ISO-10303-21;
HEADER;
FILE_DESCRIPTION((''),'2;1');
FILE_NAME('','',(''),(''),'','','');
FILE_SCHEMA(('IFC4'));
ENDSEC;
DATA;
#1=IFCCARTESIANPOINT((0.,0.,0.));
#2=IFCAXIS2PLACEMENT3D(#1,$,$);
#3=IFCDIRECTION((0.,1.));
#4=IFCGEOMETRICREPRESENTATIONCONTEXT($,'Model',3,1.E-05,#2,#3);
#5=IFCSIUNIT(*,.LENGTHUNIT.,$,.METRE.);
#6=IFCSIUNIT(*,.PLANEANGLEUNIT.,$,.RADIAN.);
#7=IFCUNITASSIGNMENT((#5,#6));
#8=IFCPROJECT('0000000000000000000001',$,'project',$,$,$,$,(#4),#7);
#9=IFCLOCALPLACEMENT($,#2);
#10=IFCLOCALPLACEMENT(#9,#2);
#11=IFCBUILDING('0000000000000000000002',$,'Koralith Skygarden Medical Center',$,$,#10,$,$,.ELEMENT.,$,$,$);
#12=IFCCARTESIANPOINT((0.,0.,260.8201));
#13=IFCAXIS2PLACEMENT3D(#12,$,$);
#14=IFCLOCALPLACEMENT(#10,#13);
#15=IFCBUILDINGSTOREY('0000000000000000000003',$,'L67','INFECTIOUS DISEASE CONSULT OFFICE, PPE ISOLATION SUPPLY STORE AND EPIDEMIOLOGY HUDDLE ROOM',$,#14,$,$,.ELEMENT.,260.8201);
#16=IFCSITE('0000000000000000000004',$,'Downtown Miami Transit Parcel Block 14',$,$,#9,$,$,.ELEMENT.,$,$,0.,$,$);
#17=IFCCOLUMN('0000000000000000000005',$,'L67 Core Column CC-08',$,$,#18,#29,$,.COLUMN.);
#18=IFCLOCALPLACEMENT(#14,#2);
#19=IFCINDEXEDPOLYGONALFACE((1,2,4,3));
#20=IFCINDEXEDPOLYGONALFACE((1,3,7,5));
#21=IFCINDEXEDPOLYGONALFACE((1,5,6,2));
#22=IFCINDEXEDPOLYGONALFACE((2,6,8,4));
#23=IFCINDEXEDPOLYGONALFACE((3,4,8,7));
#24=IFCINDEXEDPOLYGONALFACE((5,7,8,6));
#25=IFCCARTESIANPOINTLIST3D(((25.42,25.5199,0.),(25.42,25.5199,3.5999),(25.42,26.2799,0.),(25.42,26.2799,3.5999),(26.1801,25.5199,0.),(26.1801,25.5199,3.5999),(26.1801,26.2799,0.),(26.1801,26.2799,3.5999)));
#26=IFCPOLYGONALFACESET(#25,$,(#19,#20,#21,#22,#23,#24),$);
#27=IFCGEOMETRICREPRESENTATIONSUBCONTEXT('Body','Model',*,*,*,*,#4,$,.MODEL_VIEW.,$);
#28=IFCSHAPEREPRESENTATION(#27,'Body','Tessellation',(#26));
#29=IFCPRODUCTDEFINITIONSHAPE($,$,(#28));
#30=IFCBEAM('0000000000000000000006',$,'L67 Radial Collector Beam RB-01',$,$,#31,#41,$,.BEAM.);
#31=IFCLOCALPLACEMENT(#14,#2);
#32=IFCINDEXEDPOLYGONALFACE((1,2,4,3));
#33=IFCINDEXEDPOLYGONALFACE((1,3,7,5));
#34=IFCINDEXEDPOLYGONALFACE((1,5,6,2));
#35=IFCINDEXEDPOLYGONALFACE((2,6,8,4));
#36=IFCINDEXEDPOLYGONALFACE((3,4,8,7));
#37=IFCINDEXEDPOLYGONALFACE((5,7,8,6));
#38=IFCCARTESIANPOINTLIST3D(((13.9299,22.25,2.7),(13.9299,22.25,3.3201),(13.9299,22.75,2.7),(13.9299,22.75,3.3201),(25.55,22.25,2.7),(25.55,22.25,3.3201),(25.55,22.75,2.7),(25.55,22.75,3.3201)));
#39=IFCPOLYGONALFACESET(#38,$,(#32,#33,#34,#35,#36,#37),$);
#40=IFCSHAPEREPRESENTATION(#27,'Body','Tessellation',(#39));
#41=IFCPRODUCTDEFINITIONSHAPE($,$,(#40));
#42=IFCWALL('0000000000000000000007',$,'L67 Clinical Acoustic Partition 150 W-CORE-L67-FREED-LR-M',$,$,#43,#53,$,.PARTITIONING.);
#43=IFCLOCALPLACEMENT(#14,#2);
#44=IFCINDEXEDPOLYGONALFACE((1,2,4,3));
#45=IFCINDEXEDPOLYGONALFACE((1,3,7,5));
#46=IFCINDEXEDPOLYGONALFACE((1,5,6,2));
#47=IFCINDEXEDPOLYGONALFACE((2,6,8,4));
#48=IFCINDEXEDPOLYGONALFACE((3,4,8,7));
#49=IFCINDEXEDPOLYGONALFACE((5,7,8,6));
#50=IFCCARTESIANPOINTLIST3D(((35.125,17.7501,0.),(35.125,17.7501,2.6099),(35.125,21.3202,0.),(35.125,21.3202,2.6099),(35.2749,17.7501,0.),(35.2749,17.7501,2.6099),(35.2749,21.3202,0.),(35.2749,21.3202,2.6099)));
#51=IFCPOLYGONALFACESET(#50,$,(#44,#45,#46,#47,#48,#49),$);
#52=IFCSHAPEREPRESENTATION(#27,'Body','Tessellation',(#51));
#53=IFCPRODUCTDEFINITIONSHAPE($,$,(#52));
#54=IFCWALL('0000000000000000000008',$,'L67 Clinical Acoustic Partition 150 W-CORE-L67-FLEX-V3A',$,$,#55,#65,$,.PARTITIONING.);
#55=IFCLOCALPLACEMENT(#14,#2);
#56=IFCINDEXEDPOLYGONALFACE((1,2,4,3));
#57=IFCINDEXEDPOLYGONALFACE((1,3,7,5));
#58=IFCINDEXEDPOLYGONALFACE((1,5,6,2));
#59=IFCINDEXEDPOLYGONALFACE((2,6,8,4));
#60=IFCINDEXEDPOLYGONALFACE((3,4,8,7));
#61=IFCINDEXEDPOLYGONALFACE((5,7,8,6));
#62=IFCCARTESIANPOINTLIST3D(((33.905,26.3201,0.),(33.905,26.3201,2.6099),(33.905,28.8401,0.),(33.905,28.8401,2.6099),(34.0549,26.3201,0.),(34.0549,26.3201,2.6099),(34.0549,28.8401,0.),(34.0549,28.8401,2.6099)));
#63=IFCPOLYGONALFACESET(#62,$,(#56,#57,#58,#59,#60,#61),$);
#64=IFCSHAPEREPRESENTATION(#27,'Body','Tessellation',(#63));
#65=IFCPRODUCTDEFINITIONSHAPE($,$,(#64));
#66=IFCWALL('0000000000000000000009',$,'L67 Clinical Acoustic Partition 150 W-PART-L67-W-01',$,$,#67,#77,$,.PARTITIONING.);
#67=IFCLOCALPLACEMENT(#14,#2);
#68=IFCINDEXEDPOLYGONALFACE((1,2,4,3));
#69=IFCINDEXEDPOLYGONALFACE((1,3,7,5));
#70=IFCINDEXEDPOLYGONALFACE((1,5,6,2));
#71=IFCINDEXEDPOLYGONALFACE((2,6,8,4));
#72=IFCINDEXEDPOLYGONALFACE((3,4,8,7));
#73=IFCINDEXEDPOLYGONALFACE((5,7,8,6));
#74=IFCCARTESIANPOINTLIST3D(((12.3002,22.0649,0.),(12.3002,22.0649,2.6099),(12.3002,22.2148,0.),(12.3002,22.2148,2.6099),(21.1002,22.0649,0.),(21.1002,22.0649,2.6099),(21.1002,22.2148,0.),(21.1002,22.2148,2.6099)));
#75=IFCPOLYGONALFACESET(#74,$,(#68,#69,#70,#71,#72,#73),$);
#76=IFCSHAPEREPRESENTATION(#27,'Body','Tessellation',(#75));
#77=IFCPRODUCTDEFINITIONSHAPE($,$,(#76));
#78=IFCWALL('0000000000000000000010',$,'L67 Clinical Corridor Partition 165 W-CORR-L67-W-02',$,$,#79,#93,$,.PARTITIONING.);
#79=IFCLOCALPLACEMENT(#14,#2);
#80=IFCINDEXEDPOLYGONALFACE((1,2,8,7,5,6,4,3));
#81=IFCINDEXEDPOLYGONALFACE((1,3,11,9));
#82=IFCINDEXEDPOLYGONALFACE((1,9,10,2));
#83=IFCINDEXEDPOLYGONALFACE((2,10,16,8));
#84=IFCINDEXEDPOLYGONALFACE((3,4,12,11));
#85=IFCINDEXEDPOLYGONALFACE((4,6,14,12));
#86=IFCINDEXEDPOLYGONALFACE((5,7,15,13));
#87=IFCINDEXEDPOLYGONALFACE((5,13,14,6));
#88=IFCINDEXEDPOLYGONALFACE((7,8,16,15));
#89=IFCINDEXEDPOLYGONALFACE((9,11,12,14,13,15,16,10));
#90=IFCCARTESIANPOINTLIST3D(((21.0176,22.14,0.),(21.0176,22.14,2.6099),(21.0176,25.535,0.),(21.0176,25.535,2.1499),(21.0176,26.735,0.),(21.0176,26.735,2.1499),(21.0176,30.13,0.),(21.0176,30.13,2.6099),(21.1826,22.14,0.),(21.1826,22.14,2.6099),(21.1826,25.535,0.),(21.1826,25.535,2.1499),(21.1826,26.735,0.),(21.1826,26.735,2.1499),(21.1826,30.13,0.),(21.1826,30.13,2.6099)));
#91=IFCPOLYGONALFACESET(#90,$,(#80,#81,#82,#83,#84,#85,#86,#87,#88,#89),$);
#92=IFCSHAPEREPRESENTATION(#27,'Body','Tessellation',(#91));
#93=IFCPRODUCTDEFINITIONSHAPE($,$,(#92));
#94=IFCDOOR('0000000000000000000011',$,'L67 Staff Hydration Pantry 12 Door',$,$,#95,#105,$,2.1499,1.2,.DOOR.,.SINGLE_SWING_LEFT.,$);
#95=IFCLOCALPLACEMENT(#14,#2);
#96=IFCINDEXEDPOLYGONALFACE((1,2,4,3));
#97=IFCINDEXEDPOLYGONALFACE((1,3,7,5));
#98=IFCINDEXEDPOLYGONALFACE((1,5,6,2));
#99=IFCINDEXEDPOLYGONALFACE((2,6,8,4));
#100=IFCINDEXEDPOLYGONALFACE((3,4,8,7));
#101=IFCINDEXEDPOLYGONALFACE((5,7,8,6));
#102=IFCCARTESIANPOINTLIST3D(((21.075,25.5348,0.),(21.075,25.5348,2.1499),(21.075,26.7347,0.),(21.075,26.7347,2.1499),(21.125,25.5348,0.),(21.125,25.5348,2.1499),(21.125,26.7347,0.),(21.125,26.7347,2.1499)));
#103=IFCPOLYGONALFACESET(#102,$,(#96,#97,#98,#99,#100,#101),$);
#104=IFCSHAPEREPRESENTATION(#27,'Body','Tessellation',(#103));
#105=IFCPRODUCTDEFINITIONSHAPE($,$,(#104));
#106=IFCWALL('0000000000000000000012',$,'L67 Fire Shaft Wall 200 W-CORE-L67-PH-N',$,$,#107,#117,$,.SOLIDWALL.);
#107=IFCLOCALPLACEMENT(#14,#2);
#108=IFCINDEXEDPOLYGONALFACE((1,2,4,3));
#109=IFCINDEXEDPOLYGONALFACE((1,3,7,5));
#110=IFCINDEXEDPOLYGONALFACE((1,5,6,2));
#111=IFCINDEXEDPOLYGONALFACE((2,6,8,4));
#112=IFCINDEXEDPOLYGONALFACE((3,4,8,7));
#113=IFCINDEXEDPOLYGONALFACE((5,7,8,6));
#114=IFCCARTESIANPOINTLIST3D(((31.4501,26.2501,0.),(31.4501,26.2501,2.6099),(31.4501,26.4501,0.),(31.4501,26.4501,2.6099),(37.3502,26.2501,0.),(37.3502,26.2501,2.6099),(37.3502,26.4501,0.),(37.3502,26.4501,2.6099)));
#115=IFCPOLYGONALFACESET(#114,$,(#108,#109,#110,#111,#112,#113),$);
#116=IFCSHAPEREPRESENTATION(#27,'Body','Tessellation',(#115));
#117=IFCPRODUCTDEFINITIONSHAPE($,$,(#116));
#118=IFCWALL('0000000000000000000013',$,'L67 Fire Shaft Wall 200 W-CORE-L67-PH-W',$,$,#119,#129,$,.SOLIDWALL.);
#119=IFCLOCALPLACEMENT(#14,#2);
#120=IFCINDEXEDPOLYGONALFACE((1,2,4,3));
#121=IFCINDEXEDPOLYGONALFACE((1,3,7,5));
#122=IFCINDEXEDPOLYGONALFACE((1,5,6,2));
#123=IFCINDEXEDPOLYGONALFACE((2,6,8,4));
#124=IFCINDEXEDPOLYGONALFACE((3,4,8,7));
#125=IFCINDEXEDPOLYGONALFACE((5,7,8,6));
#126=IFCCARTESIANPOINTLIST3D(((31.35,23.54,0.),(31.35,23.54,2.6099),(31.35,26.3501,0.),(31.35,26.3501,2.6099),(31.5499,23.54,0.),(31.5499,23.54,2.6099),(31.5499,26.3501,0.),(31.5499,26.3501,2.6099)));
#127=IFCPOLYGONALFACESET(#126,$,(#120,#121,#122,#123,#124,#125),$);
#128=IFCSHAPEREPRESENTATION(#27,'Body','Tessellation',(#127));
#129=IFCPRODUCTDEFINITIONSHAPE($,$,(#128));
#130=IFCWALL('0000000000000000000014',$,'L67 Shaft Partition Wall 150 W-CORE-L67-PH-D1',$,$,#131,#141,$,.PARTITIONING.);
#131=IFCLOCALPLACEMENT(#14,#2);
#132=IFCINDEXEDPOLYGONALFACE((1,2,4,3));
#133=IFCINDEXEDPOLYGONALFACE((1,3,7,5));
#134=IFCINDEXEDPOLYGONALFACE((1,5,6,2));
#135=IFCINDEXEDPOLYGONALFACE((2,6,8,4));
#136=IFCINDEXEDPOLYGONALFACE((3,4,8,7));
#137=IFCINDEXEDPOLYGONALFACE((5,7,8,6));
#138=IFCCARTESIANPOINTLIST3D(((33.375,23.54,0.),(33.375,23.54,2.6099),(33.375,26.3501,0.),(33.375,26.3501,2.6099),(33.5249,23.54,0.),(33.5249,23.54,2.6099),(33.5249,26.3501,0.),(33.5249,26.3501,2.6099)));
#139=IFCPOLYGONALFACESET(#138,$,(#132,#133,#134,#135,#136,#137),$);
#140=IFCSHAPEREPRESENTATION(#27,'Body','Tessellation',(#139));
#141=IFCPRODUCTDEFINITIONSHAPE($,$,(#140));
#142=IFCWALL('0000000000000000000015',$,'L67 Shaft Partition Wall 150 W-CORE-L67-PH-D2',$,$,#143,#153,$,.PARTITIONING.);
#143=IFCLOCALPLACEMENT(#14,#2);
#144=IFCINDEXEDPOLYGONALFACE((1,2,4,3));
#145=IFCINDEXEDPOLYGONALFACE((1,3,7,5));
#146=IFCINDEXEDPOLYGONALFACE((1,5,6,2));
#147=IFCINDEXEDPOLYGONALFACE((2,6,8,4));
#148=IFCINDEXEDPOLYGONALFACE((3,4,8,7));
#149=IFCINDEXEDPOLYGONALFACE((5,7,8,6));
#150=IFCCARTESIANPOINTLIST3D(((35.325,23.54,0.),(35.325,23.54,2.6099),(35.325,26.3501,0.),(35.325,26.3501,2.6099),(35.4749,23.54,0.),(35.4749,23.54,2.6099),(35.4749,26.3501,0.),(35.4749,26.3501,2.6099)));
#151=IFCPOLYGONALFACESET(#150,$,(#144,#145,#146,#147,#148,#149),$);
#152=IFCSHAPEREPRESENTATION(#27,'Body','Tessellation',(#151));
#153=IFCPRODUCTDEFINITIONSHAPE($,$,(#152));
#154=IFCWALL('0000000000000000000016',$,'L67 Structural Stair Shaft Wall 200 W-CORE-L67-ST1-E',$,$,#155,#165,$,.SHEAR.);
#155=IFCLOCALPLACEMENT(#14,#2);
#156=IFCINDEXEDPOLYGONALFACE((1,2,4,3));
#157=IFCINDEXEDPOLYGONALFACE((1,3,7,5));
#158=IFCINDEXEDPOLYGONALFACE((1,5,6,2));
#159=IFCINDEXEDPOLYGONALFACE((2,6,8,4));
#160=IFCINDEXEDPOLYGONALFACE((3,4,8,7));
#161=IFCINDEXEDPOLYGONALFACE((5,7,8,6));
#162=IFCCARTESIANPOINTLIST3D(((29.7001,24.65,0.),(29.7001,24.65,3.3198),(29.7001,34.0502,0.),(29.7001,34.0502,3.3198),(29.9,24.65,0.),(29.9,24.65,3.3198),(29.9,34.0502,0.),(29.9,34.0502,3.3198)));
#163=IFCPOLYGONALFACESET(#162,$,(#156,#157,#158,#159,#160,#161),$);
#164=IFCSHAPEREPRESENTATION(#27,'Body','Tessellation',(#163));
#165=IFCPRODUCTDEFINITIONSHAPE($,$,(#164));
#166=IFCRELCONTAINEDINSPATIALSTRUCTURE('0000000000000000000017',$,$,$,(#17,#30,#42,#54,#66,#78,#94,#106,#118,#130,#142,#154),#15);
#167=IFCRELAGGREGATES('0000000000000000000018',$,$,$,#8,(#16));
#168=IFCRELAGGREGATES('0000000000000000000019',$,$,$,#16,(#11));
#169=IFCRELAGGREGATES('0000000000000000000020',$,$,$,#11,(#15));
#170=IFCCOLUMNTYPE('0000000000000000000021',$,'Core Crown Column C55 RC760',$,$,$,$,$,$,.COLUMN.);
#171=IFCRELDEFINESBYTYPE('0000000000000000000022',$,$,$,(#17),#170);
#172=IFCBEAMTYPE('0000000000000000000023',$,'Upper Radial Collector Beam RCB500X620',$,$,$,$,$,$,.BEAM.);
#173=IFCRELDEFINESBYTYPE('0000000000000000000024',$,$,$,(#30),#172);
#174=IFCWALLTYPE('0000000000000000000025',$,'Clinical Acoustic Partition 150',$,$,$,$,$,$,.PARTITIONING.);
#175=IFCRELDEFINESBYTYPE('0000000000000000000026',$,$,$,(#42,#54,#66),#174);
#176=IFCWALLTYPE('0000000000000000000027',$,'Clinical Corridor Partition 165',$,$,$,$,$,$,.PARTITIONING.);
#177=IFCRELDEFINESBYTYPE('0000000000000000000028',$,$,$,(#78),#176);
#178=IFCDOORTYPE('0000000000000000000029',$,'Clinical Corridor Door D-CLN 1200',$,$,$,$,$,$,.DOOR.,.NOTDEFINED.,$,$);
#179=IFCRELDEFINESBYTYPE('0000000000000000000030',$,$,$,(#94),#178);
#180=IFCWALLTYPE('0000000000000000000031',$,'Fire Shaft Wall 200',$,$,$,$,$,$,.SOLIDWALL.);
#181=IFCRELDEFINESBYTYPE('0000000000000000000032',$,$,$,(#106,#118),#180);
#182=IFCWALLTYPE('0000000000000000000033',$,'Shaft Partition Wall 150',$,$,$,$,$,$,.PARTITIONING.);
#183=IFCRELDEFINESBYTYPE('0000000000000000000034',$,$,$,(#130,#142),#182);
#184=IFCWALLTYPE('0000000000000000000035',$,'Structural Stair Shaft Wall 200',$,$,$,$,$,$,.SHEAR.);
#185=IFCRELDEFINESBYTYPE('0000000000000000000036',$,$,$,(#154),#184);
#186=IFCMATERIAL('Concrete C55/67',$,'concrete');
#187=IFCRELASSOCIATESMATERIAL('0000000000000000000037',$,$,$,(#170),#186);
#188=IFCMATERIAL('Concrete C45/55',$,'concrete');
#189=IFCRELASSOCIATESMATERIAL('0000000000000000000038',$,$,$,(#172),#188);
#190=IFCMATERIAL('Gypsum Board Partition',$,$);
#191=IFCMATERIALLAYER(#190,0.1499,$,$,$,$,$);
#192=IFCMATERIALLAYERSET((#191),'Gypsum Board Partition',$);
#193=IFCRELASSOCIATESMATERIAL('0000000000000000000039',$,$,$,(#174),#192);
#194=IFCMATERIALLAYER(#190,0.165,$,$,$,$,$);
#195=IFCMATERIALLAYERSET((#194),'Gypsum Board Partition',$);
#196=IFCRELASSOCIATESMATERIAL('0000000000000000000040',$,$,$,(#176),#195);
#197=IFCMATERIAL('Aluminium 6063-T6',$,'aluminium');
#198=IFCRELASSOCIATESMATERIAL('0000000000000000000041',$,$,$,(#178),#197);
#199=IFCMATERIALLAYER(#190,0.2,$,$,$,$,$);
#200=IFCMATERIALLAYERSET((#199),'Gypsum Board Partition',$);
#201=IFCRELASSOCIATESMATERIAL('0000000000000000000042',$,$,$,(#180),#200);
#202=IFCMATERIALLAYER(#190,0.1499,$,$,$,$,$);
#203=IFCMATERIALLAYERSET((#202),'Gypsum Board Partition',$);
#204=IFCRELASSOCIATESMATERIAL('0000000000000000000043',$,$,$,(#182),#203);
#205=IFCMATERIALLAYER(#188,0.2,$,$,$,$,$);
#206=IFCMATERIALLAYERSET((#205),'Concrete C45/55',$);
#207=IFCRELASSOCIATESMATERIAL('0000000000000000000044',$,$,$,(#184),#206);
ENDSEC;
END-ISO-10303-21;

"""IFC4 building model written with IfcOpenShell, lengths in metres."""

from ifc_helpers import new_model, si_unit, direction, frame, frame_2d, origin, origin_2d, place, context, subcontext, project, spatial, rectangle, extrude, material, layer, layer_set, material_profile, profile_set, type_object, element, fill, save


model = new_model("IFC4")

# Units and contexts
model_context = context("Model", 3, precision=1e-05, world=origin(), true_north=direction((0.0, 1.0)))
body_context = subcontext(model_context, "Body", "Model", "MODEL_VIEW")
ifc_project = project(units=[si_unit("LENGTHUNIT", "METRE"), si_unit("PLANEANGLEUNIT", "RADIAN")], contexts=[model_context])

# Site, building, storey
site_placement = place(None, origin())
site = spatial("IfcSite", under=ifc_project, at=site_placement, Name="Downtown Miami Transit Parcel Block 14", CompositionType="ELEMENT", RefElevation=0.0)
building_placement = place(site_placement, origin())
building = spatial("IfcBuilding", under=site, at=building_placement, Name="Koralith Skygarden Medical Center", CompositionType="ELEMENT")
storey_placement = place(building_placement, frame((0.0, 0.0, 260.8201)))
storey = spatial("IfcBuildingStorey", under=building, at=storey_placement, Name="L67", Description="INFECTIOUS DISEASE CONSULT OFFICE, PPE ISOLATION SUPPLY STORE AND EPIDEMIOLOGY HUDDLE ROOM", CompositionType="ELEMENT", Elevation=260.8201)

# Column
ifc_material_1 = material(Name="Concrete C55/67", Category="concrete")
ifc_material_profile_1 = material_profile(ifc_material_1, rectangle(XDim=0.76, YDim=0.76, at=origin_2d()), Name="RC760X760")
ifc_profile_set_1 = profile_set([ifc_material_profile_1], Name="Concrete C55/67")
column_type = type_object("IfcColumnType", Name="Core Crown Column C55 RC760", PredefinedType="COLUMN", material=ifc_profile_set_1)
column_placement = place(storey_placement, frame((25.8, 25.8999, 0.0), z_axis=(0.0, 0.0, 1.0), x_axis=(1.0, 0.0, 0.0)))
element("IfcColumn", 1, at=column_placement, inside=storey, type_object=column_type, Name="L67 Core Column CC-08", PredefinedType="COLUMN", context=body_context, shape_type="SweptSolid", body=[
    extrude(rectangle(XDim=0.76, YDim=0.76, at=origin_2d()), origin(), (0.0, 0.0, 1.0), 3.5999),
])

# Beam
ifc_material_2 = material(Name="Concrete C45/55", Category="concrete")
ifc_material_profile_2 = material_profile(ifc_material_2, rectangle(XDim=0.5, YDim=0.6201, at=origin_2d()), Name="RCB500X620")
ifc_profile_set_2 = profile_set([ifc_material_profile_2], Name="Concrete C45/55")
beam_type = type_object("IfcBeamType", Name="Upper Radial Collector Beam RCB500X620", PredefinedType="BEAM", material=ifc_profile_set_2)
beam_placement = place(storey_placement, frame((25.55, 22.5, 3.01), z_axis=(-1.0, 0.0, 0.0), x_axis=(0.0, -1.0, 0.0)))
element("IfcBeam", 2, at=beam_placement, inside=storey, type_object=beam_type, Name="L67 Radial Collector Beam RB-01", PredefinedType="BEAM", context=body_context, shape_type="SweptSolid", body=[
    extrude(rectangle(XDim=0.5, YDim=0.6201, at=origin_2d()), origin(), (0.0, 0.0, 1.0), 11.6201),
])

# Shared definitions
ifc_material_3 = material(Name="Gypsum Board Partition")
ifc_layer_1 = layer(ifc_material_3, 0.1499)
ifc_layer_set_1 = layer_set([ifc_layer_1], Name="Gypsum Board Partition")
wall_type_1 = type_object("IfcWallType", Name="Clinical Acoustic Partition 150", PredefinedType="PARTITIONING", material=ifc_layer_set_1)
ifc_material_4 = material(Name="Aluminium 6063-T6", Category="aluminium")

# Walls
wall_1_placement = place(storey_placement, frame((35.2, 17.75, 0.0), z_axis=(0.0, 0.0, 1.0), x_axis=(0.0, 1.0, 0.0)))
element("IfcWall", 3, at=wall_1_placement, inside=storey, type_object=wall_type_1, Name="L67 Clinical Acoustic Partition 150 W-CORE-L67-FREED-LR-M", PredefinedType="PARTITIONING", context=body_context, shape_type="SweptSolid", body=[
    extrude(rectangle(XDim=3.5701, YDim=0.1499, at=frame_2d((1.7852, 0.0))), origin(), (0.0, 0.0, 1.0), 2.6099),
])
wall_2_placement = place(storey_placement, frame((33.98, 26.3201, 0.0), z_axis=(0.0, 0.0, 1.0), x_axis=(0.0, 1.0, 0.0)))
element("IfcWall", 4, at=wall_2_placement, inside=storey, type_object=wall_type_1, Name="L67 Clinical Acoustic Partition 150 W-CORE-L67-FLEX-V3A", PredefinedType="PARTITIONING", context=body_context, shape_type="SweptSolid", body=[
    extrude(rectangle(XDim=2.52, YDim=0.1499, at=frame_2d((1.26, 0.0))), origin(), (0.0, 0.0, 1.0), 2.6099),
])
wall_3_placement = place(storey_placement, frame((21.1001, 22.1399, 0.0), z_axis=(0.0, 0.0, 1.0), x_axis=(-1.0, 0.0, 0.0)))
element("IfcWall", 5, at=wall_3_placement, inside=storey, type_object=wall_type_1, Name="L67 Clinical Acoustic Partition 150 W-PART-L67-W-01", PredefinedType="PARTITIONING", context=body_context, shape_type="SweptSolid", body=[
    extrude(rectangle(XDim=8.8, YDim=0.1499, at=frame_2d((4.3999, 0.0))), origin(), (0.0, 0.0, 1.0), 2.6099),
])

# Wall, opening, door
ifc_layer_2 = layer(ifc_material_3, 0.165)
ifc_layer_set_2 = layer_set([ifc_layer_2], Name="Gypsum Board Partition")
wall_type_2 = type_object("IfcWallType", Name="Clinical Corridor Partition 165", PredefinedType="PARTITIONING", material=ifc_layer_set_2)
wall_4_placement = place(storey_placement, frame((21.1001, 22.1399, 0.0), z_axis=(0.0, 0.0, 1.0), x_axis=(0.0, 1.0, 0.0)))
wall_4 = element("IfcWall", 6, at=wall_4_placement, inside=storey, type_object=wall_type_2, Name="L67 Clinical Corridor Partition 165 W-CORR-L67-W-02", PredefinedType="PARTITIONING", context=body_context, shape_type="SweptSolid", body=[
    extrude(rectangle(XDim=7.99, YDim=0.165, at=frame_2d((3.9951, 0.0))), origin(), (0.0, 0.0, 1.0), 2.6099),
])
opening_1_placement = place(wall_4_placement, frame((3.395, 0.0, 0.0)))
opening_1 = element("IfcOpeningElement", 7, at=opening_1_placement, cuts=wall_4, PredefinedType="OPENING", context=body_context, shape_type="SweptSolid", body=[
    extrude(rectangle(XDim=1.2, YDim=2.1499, at=frame_2d((0.6001, 1.075))), frame((0.0, 0.0925, 0.0), z_axis=(0.0, -1.0, 0.0), x_axis=(1.0, 0.0, 0.0)), (0.0, 0.0, 1.0), 0.1851),
])
door_type_1 = type_object("IfcDoorType", Name="Clinical Corridor Door D-CLN 1200", OperationType="NOTDEFINED", PredefinedType="DOOR", material=ifc_material_4)
door_1_placement = place(opening_1_placement, frame((1.2, 0.0, 0.0), z_axis=(0.0, 0.0, 1.0), x_axis=(-1.0, 0.0, 0.0)))
door_1 = element("IfcDoor", 8, at=door_1_placement, inside=storey, type_object=door_type_1, Name="L67 Staff Hydration Pantry 12 Door", OperationType="SINGLE_SWING_LEFT", OverallHeight=2.1499, OverallWidth=1.2, PredefinedType="DOOR", context=body_context, shape_type="SweptSolid", body=[
    extrude(rectangle(XDim=1.2, YDim=2.1499, at=frame_2d((0.6001, 1.075))), frame((0.0, 0.0249, 0.0), z_axis=(0.0, -1.0, 0.0), x_axis=(1.0, 0.0, 0.0)), (0.0, 0.0, 1.0), 0.05),
])
fill(opening_1, door_1)
ifc_layer_3 = layer(ifc_material_3, 0.2)
ifc_layer_set_3 = layer_set([ifc_layer_3], Name="Gypsum Board Partition")
wall_type_3 = type_object("IfcWallType", Name="Fire Shaft Wall 200", PredefinedType="SOLIDWALL", material=ifc_layer_set_3)

# Walls
wall_5_placement = place(storey_placement, frame((31.45, 26.3501, 0.0), z_axis=(0.0, 0.0, 1.0), x_axis=(1.0, 0.0, 0.0)))
element("IfcWall", 9, at=wall_5_placement, inside=storey, type_object=wall_type_3, Name="L67 Fire Shaft Wall 200 W-CORE-L67-PH-N", PredefinedType="SOLIDWALL", context=body_context, shape_type="SweptSolid", body=[
    extrude(rectangle(XDim=5.9001, YDim=0.2, at=frame_2d((2.9502, 0.0))), origin(), (0.0, 0.0, 1.0), 2.6099),
])
wall_6_placement = place(storey_placement, frame((31.45, 23.54, 0.0), z_axis=(0.0, 0.0, 1.0), x_axis=(0.0, 1.0, 0.0)))
element("IfcWall", 10, at=wall_6_placement, inside=storey, type_object=wall_type_3, Name="L67 Fire Shaft Wall 200 W-CORE-L67-PH-W", PredefinedType="SOLIDWALL", context=body_context, shape_type="SweptSolid", body=[
    extrude(rectangle(XDim=2.8101, YDim=0.2, at=frame_2d((1.405, 0.0))), origin(), (0.0, 0.0, 1.0), 2.6099),
])

# Walls
ifc_layer_4 = layer(ifc_material_3, 0.1499)
ifc_layer_set_4 = layer_set([ifc_layer_4], Name="Gypsum Board Partition")
wall_type_4 = type_object("IfcWallType", Name="Shaft Partition Wall 150", PredefinedType="PARTITIONING", material=ifc_layer_set_4)
for number, where, z_axis, x_axis, name in (
    (11, (33.45, 23.54, 0.0), (0.0, 0.0, 1.0), (0.0, 1.0, 0.0), "L67 Shaft Partition Wall 150 W-CORE-L67-PH-D1"),
    (12, (35.3999, 23.54, 0.0), (0.0, 0.0, 1.0), (0.0, 1.0, 0.0), "L67 Shaft Partition Wall 150 W-CORE-L67-PH-D2"),
):
    element("IfcWall", number, at=place(storey_placement, frame(where, z_axis=z_axis, x_axis=x_axis)), inside=storey, type_object=wall_type_4, Name=name, PredefinedType="PARTITIONING", context=body_context, shape_type="SweptSolid", body=[
        extrude(rectangle(XDim=2.8101, YDim=0.1499, at=frame_2d((1.405, 0.0))), origin(), (0.0, 0.0, 1.0), 2.6099),
    ])
ifc_layer_5 = layer(ifc_material_2, 0.2)
ifc_layer_set_5 = layer_set([ifc_layer_5], Name="Concrete C45/55")
wall_type_5 = type_object("IfcWallType", Name="Structural Stair Shaft Wall 200", PredefinedType="SHEAR", material=ifc_layer_set_5)
wall_7_placement = place(storey_placement, frame((29.8, 24.6499, 0.0), z_axis=(0.0, 0.0, 1.0), x_axis=(0.0, 1.0, 0.0)))
element("IfcWall", 13, at=wall_7_placement, inside=storey, type_object=wall_type_5, Name="L67 Structural Stair Shaft Wall 200 W-CORE-L67-ST1-E", PredefinedType="SHEAR", context=body_context, shape_type="SweptSolid", body=[
    extrude(rectangle(XDim=9.4001, YDim=0.2, at=frame_2d((4.7002, 0.0))), origin(), (0.0, 0.0, 1.0), 3.3198),
])

save(model, "model.ifc")
